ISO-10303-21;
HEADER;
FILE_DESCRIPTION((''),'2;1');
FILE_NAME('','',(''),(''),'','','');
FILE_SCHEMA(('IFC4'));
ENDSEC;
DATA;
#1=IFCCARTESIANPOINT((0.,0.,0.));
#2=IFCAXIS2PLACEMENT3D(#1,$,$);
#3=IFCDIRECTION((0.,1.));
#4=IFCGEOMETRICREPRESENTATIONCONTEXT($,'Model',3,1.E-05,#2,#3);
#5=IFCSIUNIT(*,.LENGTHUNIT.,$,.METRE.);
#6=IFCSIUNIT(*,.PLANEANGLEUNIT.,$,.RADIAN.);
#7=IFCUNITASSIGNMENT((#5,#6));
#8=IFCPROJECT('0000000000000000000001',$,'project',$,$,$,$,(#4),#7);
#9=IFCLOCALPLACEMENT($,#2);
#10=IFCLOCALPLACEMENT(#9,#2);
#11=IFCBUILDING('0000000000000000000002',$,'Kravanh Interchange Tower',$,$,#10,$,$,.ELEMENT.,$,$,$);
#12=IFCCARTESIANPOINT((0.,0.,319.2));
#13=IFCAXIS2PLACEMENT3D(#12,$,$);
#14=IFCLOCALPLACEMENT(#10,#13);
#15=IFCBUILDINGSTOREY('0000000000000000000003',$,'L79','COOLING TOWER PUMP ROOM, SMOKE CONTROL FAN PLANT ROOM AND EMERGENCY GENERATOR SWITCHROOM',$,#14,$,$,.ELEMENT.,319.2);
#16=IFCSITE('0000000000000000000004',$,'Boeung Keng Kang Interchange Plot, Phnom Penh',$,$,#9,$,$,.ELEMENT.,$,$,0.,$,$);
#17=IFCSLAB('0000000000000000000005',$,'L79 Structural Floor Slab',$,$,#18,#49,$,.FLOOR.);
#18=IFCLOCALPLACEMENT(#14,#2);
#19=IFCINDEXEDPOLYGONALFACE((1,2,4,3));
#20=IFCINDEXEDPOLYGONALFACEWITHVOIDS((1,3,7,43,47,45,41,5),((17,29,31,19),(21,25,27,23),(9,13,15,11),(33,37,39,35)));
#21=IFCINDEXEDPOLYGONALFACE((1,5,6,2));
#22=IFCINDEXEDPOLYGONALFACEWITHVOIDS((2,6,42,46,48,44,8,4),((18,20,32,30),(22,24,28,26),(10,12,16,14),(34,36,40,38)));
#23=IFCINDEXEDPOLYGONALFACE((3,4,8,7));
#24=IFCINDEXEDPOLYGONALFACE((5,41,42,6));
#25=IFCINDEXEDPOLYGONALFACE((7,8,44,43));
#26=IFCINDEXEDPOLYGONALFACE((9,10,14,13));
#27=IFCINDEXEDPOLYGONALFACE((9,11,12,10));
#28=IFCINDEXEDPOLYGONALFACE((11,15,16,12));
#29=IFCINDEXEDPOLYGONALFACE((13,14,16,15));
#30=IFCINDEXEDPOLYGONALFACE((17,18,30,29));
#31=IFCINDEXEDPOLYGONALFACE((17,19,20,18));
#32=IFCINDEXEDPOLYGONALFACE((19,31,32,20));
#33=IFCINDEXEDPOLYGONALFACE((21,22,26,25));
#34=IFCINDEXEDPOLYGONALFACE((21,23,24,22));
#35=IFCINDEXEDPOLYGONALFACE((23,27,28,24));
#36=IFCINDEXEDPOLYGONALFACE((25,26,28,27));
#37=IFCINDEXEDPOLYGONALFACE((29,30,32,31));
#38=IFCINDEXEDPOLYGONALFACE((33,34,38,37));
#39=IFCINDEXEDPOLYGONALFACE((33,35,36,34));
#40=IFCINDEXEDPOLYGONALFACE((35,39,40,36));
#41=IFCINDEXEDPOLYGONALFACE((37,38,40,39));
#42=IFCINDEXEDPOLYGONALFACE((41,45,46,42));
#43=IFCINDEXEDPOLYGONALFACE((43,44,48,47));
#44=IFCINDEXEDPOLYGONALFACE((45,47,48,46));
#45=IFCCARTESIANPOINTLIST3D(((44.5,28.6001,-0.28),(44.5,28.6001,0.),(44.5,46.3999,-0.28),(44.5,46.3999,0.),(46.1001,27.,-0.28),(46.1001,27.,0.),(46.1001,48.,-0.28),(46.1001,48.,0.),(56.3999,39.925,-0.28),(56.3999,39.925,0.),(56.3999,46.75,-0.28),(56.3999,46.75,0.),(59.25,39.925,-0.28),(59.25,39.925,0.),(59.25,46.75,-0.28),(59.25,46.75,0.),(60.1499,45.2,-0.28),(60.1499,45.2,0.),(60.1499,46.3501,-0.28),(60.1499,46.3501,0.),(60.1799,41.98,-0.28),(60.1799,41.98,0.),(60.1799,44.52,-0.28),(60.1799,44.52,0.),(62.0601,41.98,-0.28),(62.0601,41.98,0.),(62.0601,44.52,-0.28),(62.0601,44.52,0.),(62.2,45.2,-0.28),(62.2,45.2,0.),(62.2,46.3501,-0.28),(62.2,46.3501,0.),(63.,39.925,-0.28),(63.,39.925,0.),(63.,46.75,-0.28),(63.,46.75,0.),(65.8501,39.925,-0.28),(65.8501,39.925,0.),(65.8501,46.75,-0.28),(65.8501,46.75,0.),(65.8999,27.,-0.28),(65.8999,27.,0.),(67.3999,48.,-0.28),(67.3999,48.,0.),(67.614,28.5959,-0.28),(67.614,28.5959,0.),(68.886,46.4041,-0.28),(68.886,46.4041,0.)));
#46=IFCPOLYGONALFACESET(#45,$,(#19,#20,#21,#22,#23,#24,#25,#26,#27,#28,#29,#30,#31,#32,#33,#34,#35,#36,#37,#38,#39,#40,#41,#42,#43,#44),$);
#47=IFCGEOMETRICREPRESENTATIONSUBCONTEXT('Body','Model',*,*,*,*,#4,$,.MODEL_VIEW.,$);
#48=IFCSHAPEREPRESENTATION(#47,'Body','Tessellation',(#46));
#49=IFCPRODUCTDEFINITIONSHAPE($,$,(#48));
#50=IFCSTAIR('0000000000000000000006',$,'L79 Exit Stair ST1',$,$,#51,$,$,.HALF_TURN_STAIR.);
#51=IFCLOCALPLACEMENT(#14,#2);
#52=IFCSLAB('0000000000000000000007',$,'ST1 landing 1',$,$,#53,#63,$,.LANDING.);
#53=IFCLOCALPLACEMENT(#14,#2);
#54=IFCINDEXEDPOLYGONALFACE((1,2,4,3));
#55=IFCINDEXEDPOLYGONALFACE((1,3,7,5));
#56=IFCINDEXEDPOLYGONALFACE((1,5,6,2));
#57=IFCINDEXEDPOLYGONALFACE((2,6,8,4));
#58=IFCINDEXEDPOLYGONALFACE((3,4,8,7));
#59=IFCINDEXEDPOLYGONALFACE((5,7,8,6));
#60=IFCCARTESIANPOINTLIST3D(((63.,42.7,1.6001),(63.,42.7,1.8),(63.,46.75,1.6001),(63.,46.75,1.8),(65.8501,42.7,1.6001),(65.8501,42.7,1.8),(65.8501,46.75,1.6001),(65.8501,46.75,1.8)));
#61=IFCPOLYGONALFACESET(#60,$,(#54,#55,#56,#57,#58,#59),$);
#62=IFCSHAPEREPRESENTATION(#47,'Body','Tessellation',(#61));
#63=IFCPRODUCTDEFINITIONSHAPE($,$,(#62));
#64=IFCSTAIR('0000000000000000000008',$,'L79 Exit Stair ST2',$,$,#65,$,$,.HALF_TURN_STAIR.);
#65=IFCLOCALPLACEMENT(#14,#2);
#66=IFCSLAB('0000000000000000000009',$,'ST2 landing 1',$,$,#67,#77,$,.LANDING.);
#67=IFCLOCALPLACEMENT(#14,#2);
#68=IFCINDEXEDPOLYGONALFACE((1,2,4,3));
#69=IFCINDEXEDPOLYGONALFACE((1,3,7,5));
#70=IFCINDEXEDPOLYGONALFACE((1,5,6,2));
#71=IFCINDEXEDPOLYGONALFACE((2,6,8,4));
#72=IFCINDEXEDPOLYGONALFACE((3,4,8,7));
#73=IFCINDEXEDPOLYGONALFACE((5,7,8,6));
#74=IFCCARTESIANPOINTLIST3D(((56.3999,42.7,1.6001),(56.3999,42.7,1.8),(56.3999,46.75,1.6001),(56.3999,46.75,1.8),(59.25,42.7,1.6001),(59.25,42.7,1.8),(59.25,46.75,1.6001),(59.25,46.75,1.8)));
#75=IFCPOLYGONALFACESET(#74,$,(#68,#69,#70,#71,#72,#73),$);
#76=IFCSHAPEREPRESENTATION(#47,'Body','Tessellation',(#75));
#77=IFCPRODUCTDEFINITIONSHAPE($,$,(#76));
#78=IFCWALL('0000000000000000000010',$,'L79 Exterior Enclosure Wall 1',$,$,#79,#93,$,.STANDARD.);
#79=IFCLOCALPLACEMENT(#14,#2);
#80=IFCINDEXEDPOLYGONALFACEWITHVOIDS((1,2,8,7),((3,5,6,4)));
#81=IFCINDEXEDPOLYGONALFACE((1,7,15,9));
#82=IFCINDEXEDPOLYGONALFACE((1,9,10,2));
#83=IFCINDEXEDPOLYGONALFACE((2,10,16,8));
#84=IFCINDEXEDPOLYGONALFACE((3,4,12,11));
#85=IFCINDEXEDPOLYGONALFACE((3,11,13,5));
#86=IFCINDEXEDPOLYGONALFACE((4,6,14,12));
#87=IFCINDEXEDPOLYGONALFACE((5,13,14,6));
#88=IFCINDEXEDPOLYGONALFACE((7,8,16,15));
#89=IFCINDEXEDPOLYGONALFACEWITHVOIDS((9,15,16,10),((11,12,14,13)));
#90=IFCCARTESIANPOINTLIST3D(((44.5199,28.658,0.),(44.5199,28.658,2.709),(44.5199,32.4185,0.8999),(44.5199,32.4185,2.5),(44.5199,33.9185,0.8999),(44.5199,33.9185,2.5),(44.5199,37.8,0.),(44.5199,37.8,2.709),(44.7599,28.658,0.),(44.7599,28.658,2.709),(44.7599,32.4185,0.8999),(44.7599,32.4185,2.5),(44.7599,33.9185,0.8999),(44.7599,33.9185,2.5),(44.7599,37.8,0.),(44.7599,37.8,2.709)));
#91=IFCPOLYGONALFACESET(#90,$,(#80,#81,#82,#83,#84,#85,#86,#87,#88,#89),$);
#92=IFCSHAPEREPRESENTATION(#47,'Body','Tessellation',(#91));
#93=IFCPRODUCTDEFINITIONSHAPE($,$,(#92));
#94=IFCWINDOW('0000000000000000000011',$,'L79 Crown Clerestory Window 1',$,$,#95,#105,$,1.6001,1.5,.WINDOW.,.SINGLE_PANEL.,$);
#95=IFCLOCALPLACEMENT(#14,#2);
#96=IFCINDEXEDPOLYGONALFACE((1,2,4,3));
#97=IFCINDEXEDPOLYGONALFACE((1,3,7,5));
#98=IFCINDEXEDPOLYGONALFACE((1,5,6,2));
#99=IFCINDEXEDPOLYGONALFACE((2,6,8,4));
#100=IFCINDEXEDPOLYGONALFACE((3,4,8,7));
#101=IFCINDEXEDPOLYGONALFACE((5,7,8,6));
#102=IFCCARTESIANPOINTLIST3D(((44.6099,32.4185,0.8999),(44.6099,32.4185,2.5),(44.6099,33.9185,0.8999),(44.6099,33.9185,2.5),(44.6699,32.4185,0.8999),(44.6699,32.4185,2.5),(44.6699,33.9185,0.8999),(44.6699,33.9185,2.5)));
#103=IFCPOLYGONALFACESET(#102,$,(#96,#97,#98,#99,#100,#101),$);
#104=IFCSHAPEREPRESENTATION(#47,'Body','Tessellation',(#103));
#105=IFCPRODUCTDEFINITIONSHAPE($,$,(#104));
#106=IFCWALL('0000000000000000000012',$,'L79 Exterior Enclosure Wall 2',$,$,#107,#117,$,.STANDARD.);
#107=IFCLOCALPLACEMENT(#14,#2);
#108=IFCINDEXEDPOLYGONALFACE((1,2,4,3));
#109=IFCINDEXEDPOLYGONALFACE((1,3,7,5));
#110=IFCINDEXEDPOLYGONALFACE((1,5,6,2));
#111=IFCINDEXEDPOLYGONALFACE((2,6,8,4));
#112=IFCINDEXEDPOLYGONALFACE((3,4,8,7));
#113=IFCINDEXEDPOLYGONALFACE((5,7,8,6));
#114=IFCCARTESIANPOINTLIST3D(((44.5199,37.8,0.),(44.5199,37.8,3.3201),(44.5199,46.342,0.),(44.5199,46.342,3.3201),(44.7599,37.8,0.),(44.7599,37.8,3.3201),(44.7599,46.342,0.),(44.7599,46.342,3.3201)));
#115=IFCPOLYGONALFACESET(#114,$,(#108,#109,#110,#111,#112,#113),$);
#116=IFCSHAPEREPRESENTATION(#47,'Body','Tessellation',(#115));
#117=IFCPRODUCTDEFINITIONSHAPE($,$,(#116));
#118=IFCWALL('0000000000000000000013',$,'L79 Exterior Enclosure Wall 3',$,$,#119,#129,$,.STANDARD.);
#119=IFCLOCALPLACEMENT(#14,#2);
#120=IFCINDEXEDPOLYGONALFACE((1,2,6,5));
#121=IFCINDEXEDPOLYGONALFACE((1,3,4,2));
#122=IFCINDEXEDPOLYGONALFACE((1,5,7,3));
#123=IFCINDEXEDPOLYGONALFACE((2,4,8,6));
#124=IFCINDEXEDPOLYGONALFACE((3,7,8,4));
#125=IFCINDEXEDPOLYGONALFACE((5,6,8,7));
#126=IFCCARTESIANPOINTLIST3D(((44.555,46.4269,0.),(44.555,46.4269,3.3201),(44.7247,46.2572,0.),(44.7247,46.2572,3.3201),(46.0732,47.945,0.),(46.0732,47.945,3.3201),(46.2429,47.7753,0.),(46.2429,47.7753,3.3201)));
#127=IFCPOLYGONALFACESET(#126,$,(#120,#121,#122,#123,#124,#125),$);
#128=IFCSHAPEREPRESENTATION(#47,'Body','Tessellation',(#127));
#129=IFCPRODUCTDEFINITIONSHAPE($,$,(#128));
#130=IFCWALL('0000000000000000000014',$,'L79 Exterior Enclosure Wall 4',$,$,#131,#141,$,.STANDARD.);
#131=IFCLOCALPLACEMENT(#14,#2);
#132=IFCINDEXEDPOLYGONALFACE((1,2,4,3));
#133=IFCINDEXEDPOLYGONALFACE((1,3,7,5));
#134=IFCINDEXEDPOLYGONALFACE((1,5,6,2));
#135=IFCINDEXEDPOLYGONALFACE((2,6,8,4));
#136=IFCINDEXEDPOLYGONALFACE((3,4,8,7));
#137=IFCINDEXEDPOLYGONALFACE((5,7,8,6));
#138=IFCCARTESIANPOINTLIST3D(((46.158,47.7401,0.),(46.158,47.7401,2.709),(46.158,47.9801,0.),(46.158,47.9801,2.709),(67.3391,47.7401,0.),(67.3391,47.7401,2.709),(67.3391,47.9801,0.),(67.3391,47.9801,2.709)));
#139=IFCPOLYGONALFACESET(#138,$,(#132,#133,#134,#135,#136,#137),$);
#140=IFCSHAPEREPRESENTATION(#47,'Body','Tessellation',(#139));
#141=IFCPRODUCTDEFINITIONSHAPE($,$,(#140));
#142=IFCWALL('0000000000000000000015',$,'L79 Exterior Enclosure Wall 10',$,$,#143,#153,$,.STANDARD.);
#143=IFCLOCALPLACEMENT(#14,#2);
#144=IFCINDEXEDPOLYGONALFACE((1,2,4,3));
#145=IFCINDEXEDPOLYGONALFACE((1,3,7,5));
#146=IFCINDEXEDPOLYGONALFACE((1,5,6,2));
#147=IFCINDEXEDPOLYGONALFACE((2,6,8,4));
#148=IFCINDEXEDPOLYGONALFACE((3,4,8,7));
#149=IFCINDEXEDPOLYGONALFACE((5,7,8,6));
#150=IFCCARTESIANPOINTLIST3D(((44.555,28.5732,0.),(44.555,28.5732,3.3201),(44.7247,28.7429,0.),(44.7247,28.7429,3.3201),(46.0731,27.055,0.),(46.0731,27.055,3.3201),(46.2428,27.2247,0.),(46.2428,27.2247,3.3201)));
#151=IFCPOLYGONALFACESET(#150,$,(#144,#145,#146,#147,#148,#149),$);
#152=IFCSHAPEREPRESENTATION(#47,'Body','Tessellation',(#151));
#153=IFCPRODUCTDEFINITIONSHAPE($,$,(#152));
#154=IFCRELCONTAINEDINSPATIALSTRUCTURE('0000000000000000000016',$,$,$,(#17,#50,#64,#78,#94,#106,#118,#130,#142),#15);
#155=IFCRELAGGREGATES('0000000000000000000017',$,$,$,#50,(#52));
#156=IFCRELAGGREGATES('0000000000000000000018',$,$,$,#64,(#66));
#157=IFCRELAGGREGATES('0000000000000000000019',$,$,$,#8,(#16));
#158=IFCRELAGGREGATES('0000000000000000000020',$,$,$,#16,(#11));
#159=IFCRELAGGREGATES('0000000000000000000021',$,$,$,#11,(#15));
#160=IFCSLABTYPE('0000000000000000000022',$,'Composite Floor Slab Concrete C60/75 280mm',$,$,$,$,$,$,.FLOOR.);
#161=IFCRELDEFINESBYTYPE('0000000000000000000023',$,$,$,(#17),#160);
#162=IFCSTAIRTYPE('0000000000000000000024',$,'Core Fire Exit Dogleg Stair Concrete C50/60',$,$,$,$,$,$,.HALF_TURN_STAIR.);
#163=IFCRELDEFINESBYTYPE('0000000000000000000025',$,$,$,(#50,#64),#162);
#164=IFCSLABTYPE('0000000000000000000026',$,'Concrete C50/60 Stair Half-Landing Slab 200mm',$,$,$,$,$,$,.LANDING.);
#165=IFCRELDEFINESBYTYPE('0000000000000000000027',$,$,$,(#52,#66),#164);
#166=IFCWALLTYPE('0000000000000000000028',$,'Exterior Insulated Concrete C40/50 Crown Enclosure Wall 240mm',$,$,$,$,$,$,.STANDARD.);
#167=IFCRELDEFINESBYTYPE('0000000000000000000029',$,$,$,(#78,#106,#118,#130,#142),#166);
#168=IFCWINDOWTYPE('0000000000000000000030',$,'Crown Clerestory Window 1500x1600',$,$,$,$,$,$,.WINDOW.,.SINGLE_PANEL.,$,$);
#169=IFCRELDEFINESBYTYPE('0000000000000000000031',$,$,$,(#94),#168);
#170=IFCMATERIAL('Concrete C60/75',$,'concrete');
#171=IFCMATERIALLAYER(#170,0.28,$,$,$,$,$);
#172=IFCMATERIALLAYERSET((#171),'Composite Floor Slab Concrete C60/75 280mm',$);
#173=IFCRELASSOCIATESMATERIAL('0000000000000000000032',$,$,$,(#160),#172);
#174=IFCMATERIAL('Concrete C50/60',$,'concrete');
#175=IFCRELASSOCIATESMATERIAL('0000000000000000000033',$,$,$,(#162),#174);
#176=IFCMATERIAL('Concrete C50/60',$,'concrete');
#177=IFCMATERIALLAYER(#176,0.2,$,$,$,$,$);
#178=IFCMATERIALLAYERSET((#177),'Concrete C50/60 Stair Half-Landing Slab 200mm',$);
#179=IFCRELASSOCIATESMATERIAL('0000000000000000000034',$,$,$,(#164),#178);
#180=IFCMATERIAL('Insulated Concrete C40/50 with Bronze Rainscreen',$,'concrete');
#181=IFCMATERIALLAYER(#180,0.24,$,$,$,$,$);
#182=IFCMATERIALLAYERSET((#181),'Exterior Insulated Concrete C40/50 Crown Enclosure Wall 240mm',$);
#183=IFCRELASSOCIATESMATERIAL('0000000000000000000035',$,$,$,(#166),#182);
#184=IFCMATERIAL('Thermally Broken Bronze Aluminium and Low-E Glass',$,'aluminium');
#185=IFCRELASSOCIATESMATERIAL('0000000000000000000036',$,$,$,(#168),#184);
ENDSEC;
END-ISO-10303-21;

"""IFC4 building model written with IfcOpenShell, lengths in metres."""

from ifc_helpers import new_model, si_unit, direction, frame, frame_2d, origin, place, context, subcontext, project, spatial, polyline, rectangle, outline, extrude, material, layer, layer_set, type_object, element, fill, aggregate, save


model = new_model("IFC4")

# Units and contexts
model_context = context("Model", 3, precision=1e-05, world=origin(), true_north=direction((0.0, 1.0)))
body_context = subcontext(model_context, "Body", "Model", "MODEL_VIEW")
ifc_project = project(units=[si_unit("LENGTHUNIT", "METRE"), si_unit("PLANEANGLEUNIT", "RADIAN")], contexts=[model_context])

# Site, building, storey
site_placement = place(None, origin())
site = spatial("IfcSite", under=ifc_project, at=site_placement, Name="Boeung Keng Kang Interchange Plot, Phnom Penh", CompositionType="ELEMENT", RefElevation=0.0)
building_placement = place(site_placement, origin())
building = spatial("IfcBuilding", under=site, at=building_placement, Name="Kravanh Interchange Tower", CompositionType="ELEMENT")
storey_placement = place(building_placement, frame((0.0, 0.0, 319.2)))
storey = spatial("IfcBuildingStorey", under=building, at=storey_placement, Name="L79", Description="COOLING TOWER PUMP ROOM, SMOKE CONTROL FAN PLANT ROOM AND EMERGENCY GENERATOR SWITCHROOM", CompositionType="ELEMENT", Elevation=319.2)

# Slab
ifc_material_1 = material(Name="Concrete C60/75", Category="concrete")
ifc_layer_1 = layer(ifc_material_1, 0.28)
ifc_layer_set_1 = layer_set([ifc_layer_1], Name="Composite Floor Slab Concrete C60/75 280mm")
slab_type_1 = type_object("IfcSlabType", Name="Composite Floor Slab Concrete C60/75 280mm", PredefinedType="FLOOR", material=ifc_layer_set_1)
slab_1_placement = place(storey_placement, frame((0.0, 0.0, -0.28)))
element("IfcSlab", 1, at=slab_1_placement, inside=storey, type_object=slab_type_1, Name="L79 Structural Floor Slab", PredefinedType="FLOOR", context=body_context, shape_type="SweptSolid", body=[
    extrude(outline(polyline([(44.5, 28.6001), (46.1001, 27.0), (65.8999, 27.0), (67.614, 28.5959), (68.886, 46.4041), (67.3999, 48.0), (46.1001, 48.0), (44.5, 46.3999), (44.5, 28.6001)]), holes=[polyline([(65.8501, 39.925), (65.8501, 46.75), (63.0, 46.75), (63.0, 39.925), (65.8501, 39.925)]), polyline([(59.25, 39.925), (59.25, 46.75), (56.3999, 46.75), (56.3999, 39.925), (59.25, 39.925)]), polyline([(60.1799, 41.98), (62.0601, 41.98), (62.0601, 44.52), (60.1799, 44.52), (60.1799, 41.98)]), polyline([(60.1499, 45.2), (62.2, 45.2), (62.2, 46.3501), (60.1499, 46.3501), (60.1499, 45.2)])]), origin(), (0.0, 0.0, 1.0), 0.28),
])

# Stairs, slabs
ifc_material_2 = material(Name="Concrete C50/60", Category="concrete")
stair_type = type_object("IfcStairType", Name="Core Fire Exit Dogleg Stair Concrete C50/60", PredefinedType="HALF_TURN_STAIR", material=ifc_material_2)
stair_1_placement = place(storey_placement, origin())
stair_1 = element("IfcStair", 2, at=stair_1_placement, inside=storey, type_object=stair_type, Name="L79 Exit Stair ST1", PredefinedType="HALF_TURN_STAIR")
ifc_material_3 = material(Name="Concrete C50/60", Category="concrete")
ifc_layer_2 = layer(ifc_material_3, 0.2)
ifc_layer_set_2 = layer_set([ifc_layer_2], Name="Concrete C50/60 Stair Half-Landing Slab 200mm")
slab_type_2 = type_object("IfcSlabType", Name="Concrete C50/60 Stair Half-Landing Slab 200mm", PredefinedType="LANDING", material=ifc_layer_set_2)
slab_2_placement = place(storey_placement, frame((0.0, 0.0, 1.6001)))
slab_2 = element("IfcSlab", 3, at=slab_2_placement, type_object=slab_type_2, Name="ST1 landing 1", PredefinedType="LANDING", context=body_context, shape_type="SweptSolid", body=[
    extrude(outline(polyline([(65.8501, 42.7), (65.8501, 46.75), (63.0, 46.75), (63.0, 42.7), (65.8501, 42.7)])), origin(), (0.0, 0.0, 1.0), 0.2),
])
aggregate(stair_1, [slab_2])
stair_2_placement = place(storey_placement, origin())
stair_2 = element("IfcStair", 4, at=stair_2_placement, inside=storey, type_object=stair_type, Name="L79 Exit Stair ST2", PredefinedType="HALF_TURN_STAIR")
slab_3_placement = place(storey_placement, frame((0.0, 0.0, 1.6001)))
slab_3 = element("IfcSlab", 5, at=slab_3_placement, type_object=slab_type_2, Name="ST2 landing 1", PredefinedType="LANDING", context=body_context, shape_type="SweptSolid", body=[
    extrude(outline(polyline([(59.25, 42.7), (59.25, 46.75), (56.3999, 46.75), (56.3999, 42.7), (59.25, 42.7)])), origin(), (0.0, 0.0, 1.0), 0.2),
])
aggregate(stair_2, [slab_3])

# Wall, opening, window
ifc_material_4 = material(Name="Insulated Concrete C40/50 with Bronze Rainscreen", Category="concrete")
ifc_layer_3 = layer(ifc_material_4, 0.24)
ifc_layer_set_3 = layer_set([ifc_layer_3], Name="Exterior Insulated Concrete C40/50 Crown Enclosure Wall 240mm")
wall_type_1 = type_object("IfcWallType", Name="Exterior Insulated Concrete C40/50 Crown Enclosure Wall 240mm", PredefinedType="STANDARD", material=ifc_layer_set_3)
wall_1_placement = place(storey_placement, frame((44.6399, 28.658, 0.0), z_axis=(0.0, 0.0, 1.0), x_axis=(0.0, 1.0, 0.0)))
wall_1 = element("IfcWall", 6, at=wall_1_placement, inside=storey, type_object=wall_type_1, Name="L79 Exterior Enclosure Wall 1", PredefinedType="STANDARD", context=body_context, shape_type="SweptSolid", body=[
    extrude(rectangle(XDim=9.1421, YDim=0.24, at=frame_2d((4.571, 0.0))), origin(), (0.0, 0.0, 1.0), 2.709),
])
opening_1_placement = place(wall_1_placement, frame((3.7605, 0.0, 0.8999)))
opening_1 = element("IfcOpeningElement", 7, at=opening_1_placement, cuts=wall_1, PredefinedType="OPENING", context=body_context, shape_type="SweptSolid", body=[
    extrude(rectangle(XDim=1.5, YDim=1.6001, at=frame_2d((0.75, 0.8))), frame((0.0, 0.1299, 0.0), z_axis=(0.0, -1.0, 0.0), x_axis=(1.0, 0.0, 0.0)), (0.0, 0.0, 1.0), 0.26),
])
ifc_material_5 = material(Name="Thermally Broken Bronze Aluminium and Low-E Glass", Category="aluminium")
window_type = type_object("IfcWindowType", Name="Crown Clerestory Window 1500x1600", PartitioningType="SINGLE_PANEL", PredefinedType="WINDOW", material=ifc_material_5)
window_placement = place(opening_1_placement, origin())
window = element("IfcWindow", 8, at=window_placement, inside=storey, type_object=window_type, Name="L79 Crown Clerestory Window 1", OverallHeight=1.6001, OverallWidth=1.5, PartitioningType="SINGLE_PANEL", PredefinedType="WINDOW", context=body_context, shape_type="SweptSolid", body=[
    extrude(rectangle(XDim=1.5, YDim=1.6001, at=frame_2d((0.75, 0.8))), frame((0.0, 0.03, 0.0), z_axis=(0.0, -1.0, 0.0), x_axis=(1.0, 0.0, 0.0)), (0.0, 0.0, 1.0), 0.0601),
])
fill(opening_1, window)

# Walls
wall_2_placement = place(storey_placement, frame((44.6399, 37.8, 0.0), z_axis=(0.0, 0.0, 1.0), x_axis=(0.0, 1.0, 0.0)))
element("IfcWall", 9, at=wall_2_placement, inside=storey, type_object=wall_type_1, Name="L79 Exterior Enclosure Wall 2", PredefinedType="STANDARD", context=body_context, shape_type="SweptSolid", body=[
    extrude(rectangle(XDim=8.542, YDim=0.24, at=frame_2d((4.271, 0.0))), origin(), (0.0, 0.0, 1.0), 3.3201),
])
wall_3_placement = place(storey_placement, frame((44.6399, 46.342, 0.0), z_axis=(0.0, 0.0, 1.0), x_axis=(0.707107, 0.707107, 0.0)))
element("IfcWall", 10, at=wall_3_placement, inside=storey, type_object=wall_type_1, Name="L79 Exterior Enclosure Wall 3", PredefinedType="STANDARD", context=body_context, shape_type="SweptSolid", body=[
    extrude(rectangle(XDim=2.147, YDim=0.24, at=frame_2d((1.0735, 0.0))), origin(), (0.0, 0.0, 1.0), 3.3201),
])
wall_4_placement = place(storey_placement, frame((46.158, 47.8601, 0.0), z_axis=(0.0, 0.0, 1.0), x_axis=(1.0, 0.0, 0.0)))
element("IfcWall", 11, at=wall_4_placement, inside=storey, type_object=wall_type_1, Name="L79 Exterior Enclosure Wall 4", PredefinedType="STANDARD", context=body_context, shape_type="SweptSolid", body=[
    extrude(rectangle(XDim=21.1812, YDim=0.24, at=frame_2d((10.5906, 0.0))), origin(), (0.0, 0.0, 1.0), 2.709),
])
wall_5_placement = place(storey_placement, frame((46.158, 27.1399, 0.0), z_axis=(0.0, 0.0, 1.0), x_axis=(-0.707107, 0.707107, 0.0)))
element("IfcWall", 12, at=wall_5_placement, inside=storey, type_object=wall_type_1, Name="L79 Exterior Enclosure Wall 10", PredefinedType="STANDARD", context=body_context, shape_type="SweptSolid", body=[
    extrude(rectangle(XDim=2.147, YDim=0.24, at=frame_2d((1.0735, 0.0))), origin(), (0.0, 0.0, 1.0), 3.3201),
])

save(model, "model.ifc")
